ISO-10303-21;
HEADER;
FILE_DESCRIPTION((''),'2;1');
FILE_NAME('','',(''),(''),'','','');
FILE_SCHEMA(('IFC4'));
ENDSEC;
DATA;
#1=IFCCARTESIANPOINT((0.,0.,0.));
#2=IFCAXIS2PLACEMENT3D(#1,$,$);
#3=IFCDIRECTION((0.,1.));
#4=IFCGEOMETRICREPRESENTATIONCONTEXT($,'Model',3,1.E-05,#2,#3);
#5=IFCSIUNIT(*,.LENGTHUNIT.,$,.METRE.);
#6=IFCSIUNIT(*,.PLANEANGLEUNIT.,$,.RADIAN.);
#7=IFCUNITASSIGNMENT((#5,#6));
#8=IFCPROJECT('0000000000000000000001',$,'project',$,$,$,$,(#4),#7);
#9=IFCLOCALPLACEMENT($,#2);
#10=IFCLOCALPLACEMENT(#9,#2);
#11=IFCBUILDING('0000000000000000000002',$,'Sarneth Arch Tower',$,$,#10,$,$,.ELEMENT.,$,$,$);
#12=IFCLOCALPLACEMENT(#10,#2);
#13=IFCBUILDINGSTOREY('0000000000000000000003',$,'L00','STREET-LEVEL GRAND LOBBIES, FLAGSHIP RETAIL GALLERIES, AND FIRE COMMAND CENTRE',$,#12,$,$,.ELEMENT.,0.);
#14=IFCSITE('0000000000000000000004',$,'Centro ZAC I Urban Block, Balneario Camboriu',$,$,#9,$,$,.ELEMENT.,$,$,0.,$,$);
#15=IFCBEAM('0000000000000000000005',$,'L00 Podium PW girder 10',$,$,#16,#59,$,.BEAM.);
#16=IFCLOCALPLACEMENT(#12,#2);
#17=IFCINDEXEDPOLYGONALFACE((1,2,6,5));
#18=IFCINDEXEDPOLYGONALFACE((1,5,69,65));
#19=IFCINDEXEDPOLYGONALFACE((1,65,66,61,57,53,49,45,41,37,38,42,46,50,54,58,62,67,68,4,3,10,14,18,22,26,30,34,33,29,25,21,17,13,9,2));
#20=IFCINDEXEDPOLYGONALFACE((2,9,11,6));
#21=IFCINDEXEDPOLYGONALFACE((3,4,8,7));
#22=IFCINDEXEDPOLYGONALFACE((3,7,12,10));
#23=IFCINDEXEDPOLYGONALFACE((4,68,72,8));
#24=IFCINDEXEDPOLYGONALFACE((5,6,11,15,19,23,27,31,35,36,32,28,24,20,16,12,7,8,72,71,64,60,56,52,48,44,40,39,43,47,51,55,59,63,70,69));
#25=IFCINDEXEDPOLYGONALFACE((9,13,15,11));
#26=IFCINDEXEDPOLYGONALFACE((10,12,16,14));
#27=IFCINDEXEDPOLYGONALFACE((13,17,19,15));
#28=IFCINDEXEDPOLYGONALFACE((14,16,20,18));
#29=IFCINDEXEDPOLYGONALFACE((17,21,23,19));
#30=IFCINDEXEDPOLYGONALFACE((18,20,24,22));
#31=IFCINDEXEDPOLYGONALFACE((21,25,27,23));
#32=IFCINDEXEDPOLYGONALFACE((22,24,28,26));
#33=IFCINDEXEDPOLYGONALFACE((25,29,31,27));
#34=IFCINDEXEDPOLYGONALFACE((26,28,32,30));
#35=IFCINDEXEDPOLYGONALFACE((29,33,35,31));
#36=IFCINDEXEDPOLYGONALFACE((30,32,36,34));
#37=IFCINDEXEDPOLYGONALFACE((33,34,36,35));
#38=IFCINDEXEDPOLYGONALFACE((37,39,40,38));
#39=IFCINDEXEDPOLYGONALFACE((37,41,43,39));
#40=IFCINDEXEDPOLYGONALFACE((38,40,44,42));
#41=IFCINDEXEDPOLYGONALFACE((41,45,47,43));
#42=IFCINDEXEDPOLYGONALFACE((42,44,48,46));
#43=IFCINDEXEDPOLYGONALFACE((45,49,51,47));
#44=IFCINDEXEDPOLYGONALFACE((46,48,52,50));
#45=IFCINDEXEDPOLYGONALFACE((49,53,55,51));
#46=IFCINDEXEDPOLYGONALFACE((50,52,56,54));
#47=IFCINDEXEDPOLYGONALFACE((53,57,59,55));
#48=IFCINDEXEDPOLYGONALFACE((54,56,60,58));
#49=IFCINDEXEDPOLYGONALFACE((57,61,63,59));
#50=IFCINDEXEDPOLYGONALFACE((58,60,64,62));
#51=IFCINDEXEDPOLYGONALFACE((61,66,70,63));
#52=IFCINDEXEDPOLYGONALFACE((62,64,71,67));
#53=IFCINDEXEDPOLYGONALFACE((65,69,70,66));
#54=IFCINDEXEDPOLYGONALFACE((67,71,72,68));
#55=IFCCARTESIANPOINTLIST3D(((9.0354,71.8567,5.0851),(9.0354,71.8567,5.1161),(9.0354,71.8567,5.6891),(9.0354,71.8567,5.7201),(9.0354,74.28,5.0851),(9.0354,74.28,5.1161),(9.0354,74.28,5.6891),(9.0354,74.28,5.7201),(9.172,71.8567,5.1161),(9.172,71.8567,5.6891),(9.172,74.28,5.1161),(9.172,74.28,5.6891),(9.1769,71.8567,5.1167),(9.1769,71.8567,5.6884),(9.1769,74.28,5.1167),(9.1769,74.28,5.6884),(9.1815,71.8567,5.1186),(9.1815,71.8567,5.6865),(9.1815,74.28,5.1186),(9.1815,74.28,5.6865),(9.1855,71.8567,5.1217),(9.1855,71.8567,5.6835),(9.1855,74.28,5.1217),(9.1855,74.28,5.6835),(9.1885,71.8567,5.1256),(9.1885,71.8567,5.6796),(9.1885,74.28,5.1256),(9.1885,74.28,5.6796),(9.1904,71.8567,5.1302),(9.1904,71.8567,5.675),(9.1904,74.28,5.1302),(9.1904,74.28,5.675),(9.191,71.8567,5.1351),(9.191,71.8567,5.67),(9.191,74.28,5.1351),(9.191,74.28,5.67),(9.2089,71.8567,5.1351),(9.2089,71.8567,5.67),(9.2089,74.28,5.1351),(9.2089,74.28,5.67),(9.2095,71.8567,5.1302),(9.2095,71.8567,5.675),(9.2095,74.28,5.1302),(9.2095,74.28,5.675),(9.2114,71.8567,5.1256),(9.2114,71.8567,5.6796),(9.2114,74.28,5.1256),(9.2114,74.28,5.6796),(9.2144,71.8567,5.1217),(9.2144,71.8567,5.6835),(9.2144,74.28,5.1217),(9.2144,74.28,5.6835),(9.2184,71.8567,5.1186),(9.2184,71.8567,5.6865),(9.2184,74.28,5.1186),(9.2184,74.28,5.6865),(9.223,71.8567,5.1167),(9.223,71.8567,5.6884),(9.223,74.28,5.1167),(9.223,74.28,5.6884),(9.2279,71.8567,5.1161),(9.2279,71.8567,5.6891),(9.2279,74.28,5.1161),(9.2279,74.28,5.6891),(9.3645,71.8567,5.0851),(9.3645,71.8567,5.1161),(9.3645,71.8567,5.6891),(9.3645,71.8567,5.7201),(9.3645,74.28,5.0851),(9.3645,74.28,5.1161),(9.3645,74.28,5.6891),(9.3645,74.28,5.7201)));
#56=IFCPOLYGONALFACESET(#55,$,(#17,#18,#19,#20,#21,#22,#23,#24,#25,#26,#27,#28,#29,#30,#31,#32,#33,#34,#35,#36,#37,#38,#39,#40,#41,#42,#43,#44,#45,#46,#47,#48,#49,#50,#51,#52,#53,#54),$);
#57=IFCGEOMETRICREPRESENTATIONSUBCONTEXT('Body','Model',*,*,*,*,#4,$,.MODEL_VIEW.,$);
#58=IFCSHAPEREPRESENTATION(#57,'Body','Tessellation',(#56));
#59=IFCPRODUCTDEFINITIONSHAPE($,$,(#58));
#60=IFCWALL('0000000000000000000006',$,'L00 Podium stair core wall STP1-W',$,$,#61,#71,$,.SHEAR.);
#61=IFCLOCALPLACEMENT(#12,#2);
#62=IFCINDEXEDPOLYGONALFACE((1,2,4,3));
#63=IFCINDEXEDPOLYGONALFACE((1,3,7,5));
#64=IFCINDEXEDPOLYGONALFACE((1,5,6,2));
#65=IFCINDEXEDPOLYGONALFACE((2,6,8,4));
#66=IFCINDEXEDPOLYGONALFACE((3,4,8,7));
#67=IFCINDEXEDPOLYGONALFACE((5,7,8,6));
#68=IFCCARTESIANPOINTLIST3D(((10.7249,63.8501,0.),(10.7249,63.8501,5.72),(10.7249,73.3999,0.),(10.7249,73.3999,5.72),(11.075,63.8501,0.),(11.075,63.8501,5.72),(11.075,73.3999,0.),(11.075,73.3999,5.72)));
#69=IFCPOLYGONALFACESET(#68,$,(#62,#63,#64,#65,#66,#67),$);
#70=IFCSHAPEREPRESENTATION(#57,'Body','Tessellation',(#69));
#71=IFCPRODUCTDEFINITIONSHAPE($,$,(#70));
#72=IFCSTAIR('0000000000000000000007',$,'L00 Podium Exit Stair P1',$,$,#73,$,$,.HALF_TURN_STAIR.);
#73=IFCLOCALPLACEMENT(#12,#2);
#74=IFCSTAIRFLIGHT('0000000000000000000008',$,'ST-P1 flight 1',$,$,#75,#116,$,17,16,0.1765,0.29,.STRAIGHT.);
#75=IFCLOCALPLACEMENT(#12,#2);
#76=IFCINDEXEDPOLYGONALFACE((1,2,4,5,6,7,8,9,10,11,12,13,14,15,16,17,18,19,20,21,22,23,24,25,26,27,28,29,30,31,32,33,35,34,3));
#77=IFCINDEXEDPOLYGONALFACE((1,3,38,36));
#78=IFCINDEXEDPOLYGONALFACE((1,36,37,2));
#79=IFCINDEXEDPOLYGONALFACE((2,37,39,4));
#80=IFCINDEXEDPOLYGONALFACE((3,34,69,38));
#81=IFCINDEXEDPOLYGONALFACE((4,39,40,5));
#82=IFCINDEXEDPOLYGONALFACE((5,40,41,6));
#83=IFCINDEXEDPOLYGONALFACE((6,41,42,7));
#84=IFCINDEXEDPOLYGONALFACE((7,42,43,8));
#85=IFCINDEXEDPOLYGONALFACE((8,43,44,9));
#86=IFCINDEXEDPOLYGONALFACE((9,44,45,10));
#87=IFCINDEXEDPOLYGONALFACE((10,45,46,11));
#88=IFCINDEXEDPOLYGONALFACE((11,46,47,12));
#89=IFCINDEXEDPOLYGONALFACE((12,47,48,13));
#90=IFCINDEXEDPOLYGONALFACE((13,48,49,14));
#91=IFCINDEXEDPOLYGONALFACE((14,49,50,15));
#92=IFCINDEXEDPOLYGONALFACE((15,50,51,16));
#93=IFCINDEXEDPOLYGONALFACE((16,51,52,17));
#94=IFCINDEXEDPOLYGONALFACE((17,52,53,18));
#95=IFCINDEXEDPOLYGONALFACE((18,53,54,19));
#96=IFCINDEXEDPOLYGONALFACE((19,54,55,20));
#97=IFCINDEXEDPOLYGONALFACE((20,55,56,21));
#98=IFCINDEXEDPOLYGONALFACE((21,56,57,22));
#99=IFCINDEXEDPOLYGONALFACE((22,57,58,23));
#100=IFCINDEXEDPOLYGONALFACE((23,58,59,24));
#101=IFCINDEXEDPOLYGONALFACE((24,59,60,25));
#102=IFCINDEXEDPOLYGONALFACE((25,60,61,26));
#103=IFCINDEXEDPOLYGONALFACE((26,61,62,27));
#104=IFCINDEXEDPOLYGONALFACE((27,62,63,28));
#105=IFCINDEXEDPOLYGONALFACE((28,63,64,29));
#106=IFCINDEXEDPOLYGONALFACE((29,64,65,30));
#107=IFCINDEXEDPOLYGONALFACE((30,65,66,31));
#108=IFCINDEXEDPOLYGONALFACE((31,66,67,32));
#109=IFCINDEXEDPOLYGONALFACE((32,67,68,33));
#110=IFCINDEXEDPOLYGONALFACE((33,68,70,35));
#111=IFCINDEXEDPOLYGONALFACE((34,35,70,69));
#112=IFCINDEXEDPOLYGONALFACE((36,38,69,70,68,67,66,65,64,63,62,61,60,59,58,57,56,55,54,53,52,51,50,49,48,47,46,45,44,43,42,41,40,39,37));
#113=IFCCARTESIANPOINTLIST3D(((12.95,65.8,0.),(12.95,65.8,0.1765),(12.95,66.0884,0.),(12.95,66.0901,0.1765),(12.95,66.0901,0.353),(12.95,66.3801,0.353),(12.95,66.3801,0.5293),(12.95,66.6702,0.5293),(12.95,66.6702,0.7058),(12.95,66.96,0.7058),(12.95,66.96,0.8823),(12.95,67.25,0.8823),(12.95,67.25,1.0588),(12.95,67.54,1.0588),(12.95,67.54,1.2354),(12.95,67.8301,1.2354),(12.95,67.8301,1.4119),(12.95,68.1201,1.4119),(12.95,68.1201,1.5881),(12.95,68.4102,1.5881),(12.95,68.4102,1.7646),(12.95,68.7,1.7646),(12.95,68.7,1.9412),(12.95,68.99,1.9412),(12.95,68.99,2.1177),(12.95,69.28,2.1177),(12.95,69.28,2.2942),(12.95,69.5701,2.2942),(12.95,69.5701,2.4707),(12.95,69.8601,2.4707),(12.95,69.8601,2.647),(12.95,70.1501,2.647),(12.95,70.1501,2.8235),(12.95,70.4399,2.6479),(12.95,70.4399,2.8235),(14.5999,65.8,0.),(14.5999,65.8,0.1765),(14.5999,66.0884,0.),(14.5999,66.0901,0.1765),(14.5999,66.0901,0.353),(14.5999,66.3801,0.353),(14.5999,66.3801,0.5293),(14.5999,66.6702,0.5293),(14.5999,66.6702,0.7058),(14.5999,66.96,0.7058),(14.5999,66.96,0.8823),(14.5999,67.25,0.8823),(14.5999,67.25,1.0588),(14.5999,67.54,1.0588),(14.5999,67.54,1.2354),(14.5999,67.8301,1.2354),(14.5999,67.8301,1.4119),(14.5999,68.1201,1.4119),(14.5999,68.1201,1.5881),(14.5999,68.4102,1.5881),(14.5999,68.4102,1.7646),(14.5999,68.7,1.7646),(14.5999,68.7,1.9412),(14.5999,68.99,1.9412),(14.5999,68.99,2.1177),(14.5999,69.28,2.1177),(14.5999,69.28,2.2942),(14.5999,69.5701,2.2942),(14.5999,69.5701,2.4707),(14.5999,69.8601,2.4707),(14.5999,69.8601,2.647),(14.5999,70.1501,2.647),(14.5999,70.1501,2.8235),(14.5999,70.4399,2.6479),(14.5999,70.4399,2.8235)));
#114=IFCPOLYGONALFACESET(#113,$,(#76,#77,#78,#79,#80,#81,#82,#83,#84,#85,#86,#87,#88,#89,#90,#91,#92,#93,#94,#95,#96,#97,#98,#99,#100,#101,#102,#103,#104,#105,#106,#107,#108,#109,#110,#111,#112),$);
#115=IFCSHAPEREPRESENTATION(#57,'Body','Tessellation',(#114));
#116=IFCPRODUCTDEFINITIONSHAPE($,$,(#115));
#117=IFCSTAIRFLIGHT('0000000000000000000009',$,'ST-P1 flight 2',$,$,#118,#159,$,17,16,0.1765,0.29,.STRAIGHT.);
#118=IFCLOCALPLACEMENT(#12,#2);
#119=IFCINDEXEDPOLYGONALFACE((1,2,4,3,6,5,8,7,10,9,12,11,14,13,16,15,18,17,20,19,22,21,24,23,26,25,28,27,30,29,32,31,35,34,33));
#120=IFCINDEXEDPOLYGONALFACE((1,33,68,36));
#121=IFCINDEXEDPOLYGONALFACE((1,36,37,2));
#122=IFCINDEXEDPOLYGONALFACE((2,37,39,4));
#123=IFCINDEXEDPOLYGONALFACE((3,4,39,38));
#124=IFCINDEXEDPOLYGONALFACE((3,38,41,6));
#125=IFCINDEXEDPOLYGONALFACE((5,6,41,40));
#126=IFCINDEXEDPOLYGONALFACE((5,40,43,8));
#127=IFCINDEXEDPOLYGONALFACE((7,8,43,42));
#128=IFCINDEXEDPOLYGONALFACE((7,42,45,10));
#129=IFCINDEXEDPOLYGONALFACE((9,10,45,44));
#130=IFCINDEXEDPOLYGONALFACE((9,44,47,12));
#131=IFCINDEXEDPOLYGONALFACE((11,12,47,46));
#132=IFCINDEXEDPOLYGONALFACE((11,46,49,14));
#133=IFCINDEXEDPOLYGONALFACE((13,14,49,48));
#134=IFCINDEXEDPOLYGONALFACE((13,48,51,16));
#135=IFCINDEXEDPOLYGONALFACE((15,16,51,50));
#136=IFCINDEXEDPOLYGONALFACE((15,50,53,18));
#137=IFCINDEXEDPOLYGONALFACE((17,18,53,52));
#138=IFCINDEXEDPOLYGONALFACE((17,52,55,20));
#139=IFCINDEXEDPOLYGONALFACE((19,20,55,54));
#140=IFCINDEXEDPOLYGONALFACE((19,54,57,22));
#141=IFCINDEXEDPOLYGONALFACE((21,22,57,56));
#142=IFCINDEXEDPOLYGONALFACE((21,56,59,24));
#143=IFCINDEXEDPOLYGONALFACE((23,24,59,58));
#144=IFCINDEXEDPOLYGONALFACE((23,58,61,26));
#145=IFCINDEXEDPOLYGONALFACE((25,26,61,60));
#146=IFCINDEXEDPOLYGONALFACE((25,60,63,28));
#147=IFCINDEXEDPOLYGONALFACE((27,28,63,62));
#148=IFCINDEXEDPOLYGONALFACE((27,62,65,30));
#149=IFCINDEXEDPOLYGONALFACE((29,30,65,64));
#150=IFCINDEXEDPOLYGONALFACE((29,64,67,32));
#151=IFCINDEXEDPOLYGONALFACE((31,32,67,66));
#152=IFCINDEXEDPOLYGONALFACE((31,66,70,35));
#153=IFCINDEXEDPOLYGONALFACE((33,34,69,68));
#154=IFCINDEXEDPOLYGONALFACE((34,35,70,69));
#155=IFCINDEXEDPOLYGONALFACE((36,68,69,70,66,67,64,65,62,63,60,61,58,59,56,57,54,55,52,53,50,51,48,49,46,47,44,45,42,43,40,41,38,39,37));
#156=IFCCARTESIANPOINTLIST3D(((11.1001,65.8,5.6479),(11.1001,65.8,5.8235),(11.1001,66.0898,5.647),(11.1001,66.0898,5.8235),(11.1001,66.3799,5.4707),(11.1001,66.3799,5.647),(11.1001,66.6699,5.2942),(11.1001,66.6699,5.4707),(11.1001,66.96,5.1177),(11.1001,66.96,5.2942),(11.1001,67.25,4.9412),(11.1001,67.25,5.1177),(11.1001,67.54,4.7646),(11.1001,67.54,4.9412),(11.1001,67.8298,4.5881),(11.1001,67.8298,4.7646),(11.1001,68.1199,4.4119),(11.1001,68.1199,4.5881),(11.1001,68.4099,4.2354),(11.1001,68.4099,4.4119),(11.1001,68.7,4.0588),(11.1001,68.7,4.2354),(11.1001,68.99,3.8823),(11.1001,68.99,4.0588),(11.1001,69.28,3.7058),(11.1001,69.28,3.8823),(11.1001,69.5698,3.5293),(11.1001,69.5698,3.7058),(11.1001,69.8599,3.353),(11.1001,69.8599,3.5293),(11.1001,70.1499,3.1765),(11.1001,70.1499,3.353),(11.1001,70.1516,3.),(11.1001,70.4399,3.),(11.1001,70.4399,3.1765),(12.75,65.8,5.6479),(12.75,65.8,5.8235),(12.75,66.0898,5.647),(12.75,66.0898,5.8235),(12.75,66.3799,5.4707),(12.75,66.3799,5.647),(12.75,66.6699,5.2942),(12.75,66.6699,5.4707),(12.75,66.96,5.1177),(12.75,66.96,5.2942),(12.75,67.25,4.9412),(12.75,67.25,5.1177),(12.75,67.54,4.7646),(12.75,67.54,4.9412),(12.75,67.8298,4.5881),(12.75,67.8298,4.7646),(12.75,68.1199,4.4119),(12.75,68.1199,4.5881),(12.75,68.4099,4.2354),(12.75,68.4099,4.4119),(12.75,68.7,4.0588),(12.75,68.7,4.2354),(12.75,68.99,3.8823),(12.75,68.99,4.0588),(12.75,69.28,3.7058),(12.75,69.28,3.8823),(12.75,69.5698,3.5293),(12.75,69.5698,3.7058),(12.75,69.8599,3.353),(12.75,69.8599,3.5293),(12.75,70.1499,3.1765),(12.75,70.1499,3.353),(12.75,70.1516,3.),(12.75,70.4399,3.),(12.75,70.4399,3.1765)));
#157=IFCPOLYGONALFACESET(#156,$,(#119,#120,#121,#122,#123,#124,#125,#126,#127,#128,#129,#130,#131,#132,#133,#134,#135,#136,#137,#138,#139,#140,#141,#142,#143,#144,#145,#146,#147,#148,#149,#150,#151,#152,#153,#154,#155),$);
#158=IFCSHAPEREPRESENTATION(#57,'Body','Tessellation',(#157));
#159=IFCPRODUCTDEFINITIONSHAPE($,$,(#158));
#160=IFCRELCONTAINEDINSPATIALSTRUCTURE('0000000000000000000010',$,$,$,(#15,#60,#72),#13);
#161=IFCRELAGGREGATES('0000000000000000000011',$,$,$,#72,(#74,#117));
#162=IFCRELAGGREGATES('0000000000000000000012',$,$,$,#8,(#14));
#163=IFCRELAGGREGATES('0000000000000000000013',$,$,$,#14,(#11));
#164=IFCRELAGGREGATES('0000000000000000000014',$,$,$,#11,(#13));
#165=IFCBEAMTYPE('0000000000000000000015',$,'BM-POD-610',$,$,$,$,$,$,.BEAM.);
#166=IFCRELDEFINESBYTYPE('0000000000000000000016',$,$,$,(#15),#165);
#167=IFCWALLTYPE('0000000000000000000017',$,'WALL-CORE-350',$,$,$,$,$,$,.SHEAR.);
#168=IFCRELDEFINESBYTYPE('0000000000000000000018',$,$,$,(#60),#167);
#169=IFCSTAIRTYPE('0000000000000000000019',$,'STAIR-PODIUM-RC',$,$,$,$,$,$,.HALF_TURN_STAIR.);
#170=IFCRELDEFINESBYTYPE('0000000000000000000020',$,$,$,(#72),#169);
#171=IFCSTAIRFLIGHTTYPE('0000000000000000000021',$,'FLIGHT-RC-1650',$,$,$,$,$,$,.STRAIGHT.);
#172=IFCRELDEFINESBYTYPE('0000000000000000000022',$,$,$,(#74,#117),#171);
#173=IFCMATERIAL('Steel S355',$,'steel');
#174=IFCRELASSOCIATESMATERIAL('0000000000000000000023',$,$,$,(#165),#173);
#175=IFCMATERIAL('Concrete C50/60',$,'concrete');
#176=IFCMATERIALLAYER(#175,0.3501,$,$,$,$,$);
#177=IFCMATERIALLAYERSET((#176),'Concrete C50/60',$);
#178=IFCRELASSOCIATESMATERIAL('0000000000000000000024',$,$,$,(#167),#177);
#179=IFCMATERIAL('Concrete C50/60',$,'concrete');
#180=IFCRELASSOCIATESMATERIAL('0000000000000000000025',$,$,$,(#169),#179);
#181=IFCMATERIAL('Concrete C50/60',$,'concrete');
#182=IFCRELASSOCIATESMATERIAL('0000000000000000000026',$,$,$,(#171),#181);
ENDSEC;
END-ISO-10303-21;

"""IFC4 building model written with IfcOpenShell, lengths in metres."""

from ifc_helpers import new_model, si_unit, direction, frame, frame_2d, origin, origin_2d, place, context, subcontext, project, spatial, polyline, rectangle, i_section, outline, extrude, material, layer, layer_set, material_profile, profile_set, type_object, element, aggregate, save


model = new_model("IFC4")

# Units and contexts
model_context = context("Model", 3, precision=1e-05, world=origin(), true_north=direction((0.0, 1.0)))
body_context = subcontext(model_context, "Body", "Model", "MODEL_VIEW")
ifc_project = project(units=[si_unit("LENGTHUNIT", "METRE"), si_unit("PLANEANGLEUNIT", "RADIAN")], contexts=[model_context])

# Site, building, storey
site_placement = place(None, origin())
site = spatial("IfcSite", under=ifc_project, at=site_placement, Name="Centro ZAC I Urban Block, Balneario Camboriu", CompositionType="ELEMENT", RefElevation=0.0)
building_placement = place(site_placement, origin())
building = spatial("IfcBuilding", under=site, at=building_placement, Name="Sarneth Arch Tower", CompositionType="ELEMENT")
storey_placement = place(building_placement, origin())
storey = spatial("IfcBuildingStorey", under=building, at=storey_placement, Name="L00", Description="STREET-LEVEL GRAND LOBBIES, FLAGSHIP RETAIL GALLERIES, AND FIRE COMMAND CENTRE", CompositionType="ELEMENT", Elevation=0.0)

# Beam
ifc_material_1 = material(Name="Steel S355", Category="steel")
ifc_material_profile_1 = material_profile(ifc_material_1, i_section(OverallWidth=0.3291, OverallDepth=0.635, WebThickness=0.0178, FlangeThickness=0.031, FilletRadius=0.019, at=origin_2d()), Name="W610x241")
ifc_profile_set_1 = profile_set([ifc_material_profile_1], Name="Steel S355")
beam_type = type_object("IfcBeamType", Name="BM-POD-610", PredefinedType="BEAM", material=ifc_profile_set_1)
beam_1_placement = place(storey_placement, frame((9.2, 71.8567, 5.4026), z_axis=(0.0, 1.0, 0.0), x_axis=(-1.0, 0.0, 0.0)))
element("IfcBeam", 1, at=beam_1_placement, inside=storey, type_object=beam_type, Name="L00 Podium PW girder 10", PredefinedType="BEAM", context=body_context, shape_type="SweptSolid", body=[
    extrude(i_section(OverallWidth=0.3291, OverallDepth=0.635, WebThickness=0.0178, FlangeThickness=0.031, FilletRadius=0.019, at=origin_2d()), origin(), (0.0, 0.0, 1.0), 2.4233),
])

# Wall
ifc_material_2 = material(Name="Concrete C50/60", Category="concrete")
ifc_layer_1 = layer(ifc_material_2, 0.3501)
ifc_layer_set_1 = layer_set([ifc_layer_1], Name="Concrete C50/60")
wall_type_1 = type_object("IfcWallType", Name="WALL-CORE-350", PredefinedType="SHEAR", material=ifc_layer_set_1)
wall_1_placement = place(storey_placement, frame((10.8999, 63.8501, 0.0), z_axis=(0.0, 0.0, 1.0), x_axis=(0.0, 1.0, 0.0)))
element("IfcWall", 2, at=wall_1_placement, inside=storey, type_object=wall_type_1, Name="L00 Podium stair core wall STP1-W", PredefinedType="SHEAR", context=body_context, shape_type="SweptSolid", body=[
    extrude(rectangle(XDim=9.5498, YDim=0.3501, at=frame_2d((4.7749, 0.0))), origin(), (0.0, 0.0, 1.0), 5.72),
])

# Stair, stair flights
ifc_material_3 = material(Name="Concrete C50/60", Category="concrete")
stair_type = type_object("IfcStairType", Name="STAIR-PODIUM-RC", PredefinedType="HALF_TURN_STAIR", material=ifc_material_3)
stair_placement = place(storey_placement, origin())
stair = element("IfcStair", 3, at=stair_placement, inside=storey, type_object=stair_type, Name="L00 Podium Exit Stair P1", PredefinedType="HALF_TURN_STAIR")
ifc_material_4 = material(Name="Concrete C50/60", Category="concrete")
stair_flight_type = type_object("IfcStairFlightType", Name="FLIGHT-RC-1650", PredefinedType="STRAIGHT", material=ifc_material_4)
stair_flight_1_placement = place(storey_placement, frame((13.7749, 65.8, 0.0), z_axis=(0.0, 0.0, 1.0), x_axis=(0.0, 1.0, 0.0)))
stair_flight_1 = element("IfcStairFlight", 4, at=stair_flight_1_placement, type_object=stair_flight_type, Name="ST-P1 flight 1", NumberOfRisers=17, NumberOfTreads=16, PredefinedType="STRAIGHT", RiserHeight=0.1765, TreadLength=0.29, context=body_context, shape_type="SweptSolid", body=[
    extrude(outline(polyline([(0.0, 0.0), (0.0, 0.1765), (0.29, 0.1765), (0.29, 0.353), (0.5801, 0.353), (0.5801, 0.5293), (0.8701, 0.5293), (0.8701, 0.7058), (1.1599, 0.7058), (1.1599, 0.8823), (1.45, 0.8823), (1.45, 1.0588), (1.74, 1.0588), (1.74, 1.2354), (2.03, 1.2354), (2.03, 1.4119), (2.3201, 1.4119), (2.3201, 1.5881), (2.6101, 1.5881), (2.6101, 1.7646), (2.8999, 1.7646), (2.8999, 1.9412), (3.1899, 1.9412), (3.1899, 2.1177), (3.48, 2.1177), (3.48, 2.2942), (3.77, 2.2942), (3.77, 2.4707), (4.0601, 2.4707), (4.0601, 2.647), (4.3501, 2.647), (4.3501, 2.8235), (4.6399, 2.8235), (4.6399, 3.0), (4.6399, 2.6479), (0.2883, 0.0), (0.0, 0.0)])), frame((0.0, 0.825, 0.0), z_axis=(0.0, -1.0, 0.0), x_axis=(1.0, 0.0, 0.0)), (0.0, 0.0, 1.0), 1.6499),
])
stair_flight_2_placement = place(storey_placement, frame((11.925, 70.4399, 3.0), z_axis=(0.0, 0.0, 1.0), x_axis=(0.0, -1.0, 0.0)))
stair_flight_2 = element("IfcStairFlight", 5, at=stair_flight_2_placement, type_object=stair_flight_type, Name="ST-P1 flight 2", NumberOfRisers=17, NumberOfTreads=16, PredefinedType="STRAIGHT", RiserHeight=0.1765, TreadLength=0.29, context=body_context, shape_type="SweptSolid", body=[
    extrude(outline(polyline([(0.0, 0.0), (0.0, 0.1765), (0.29, 0.1765), (0.29, 0.353), (0.5801, 0.353), (0.5801, 0.5293), (0.8701, 0.5293), (0.8701, 0.7058), (1.1599, 0.7058), (1.1599, 0.8823), (1.45, 0.8823), (1.45, 1.0588), (1.74, 1.0588), (1.74, 1.2354), (2.03, 1.2354), (2.03, 1.4119), (2.3201, 1.4119), (2.3201, 1.5881), (2.6101, 1.5881), (2.6101, 1.7646), (2.8999, 1.7646), (2.8999, 1.9412), (3.1899, 1.9412), (3.1899, 2.1177), (3.48, 2.1177), (3.48, 2.2942), (3.77, 2.2942), (3.77, 2.4707), (4.0601, 2.4707), (4.0601, 2.647), (4.3501, 2.647), (4.3501, 2.8235), (4.6399, 2.8235), (4.6399, 3.0), (4.6399, 2.6479), (0.2883, 0.0), (0.0, 0.0)])), frame((0.0, 0.825, 0.0), z_axis=(0.0, -1.0, 0.0), x_axis=(1.0, 0.0, 0.0)), (0.0, 0.0, 1.0), 1.6499),
])
aggregate(stair, [stair_flight_1, stair_flight_2])

save(model, "model.ifc")
